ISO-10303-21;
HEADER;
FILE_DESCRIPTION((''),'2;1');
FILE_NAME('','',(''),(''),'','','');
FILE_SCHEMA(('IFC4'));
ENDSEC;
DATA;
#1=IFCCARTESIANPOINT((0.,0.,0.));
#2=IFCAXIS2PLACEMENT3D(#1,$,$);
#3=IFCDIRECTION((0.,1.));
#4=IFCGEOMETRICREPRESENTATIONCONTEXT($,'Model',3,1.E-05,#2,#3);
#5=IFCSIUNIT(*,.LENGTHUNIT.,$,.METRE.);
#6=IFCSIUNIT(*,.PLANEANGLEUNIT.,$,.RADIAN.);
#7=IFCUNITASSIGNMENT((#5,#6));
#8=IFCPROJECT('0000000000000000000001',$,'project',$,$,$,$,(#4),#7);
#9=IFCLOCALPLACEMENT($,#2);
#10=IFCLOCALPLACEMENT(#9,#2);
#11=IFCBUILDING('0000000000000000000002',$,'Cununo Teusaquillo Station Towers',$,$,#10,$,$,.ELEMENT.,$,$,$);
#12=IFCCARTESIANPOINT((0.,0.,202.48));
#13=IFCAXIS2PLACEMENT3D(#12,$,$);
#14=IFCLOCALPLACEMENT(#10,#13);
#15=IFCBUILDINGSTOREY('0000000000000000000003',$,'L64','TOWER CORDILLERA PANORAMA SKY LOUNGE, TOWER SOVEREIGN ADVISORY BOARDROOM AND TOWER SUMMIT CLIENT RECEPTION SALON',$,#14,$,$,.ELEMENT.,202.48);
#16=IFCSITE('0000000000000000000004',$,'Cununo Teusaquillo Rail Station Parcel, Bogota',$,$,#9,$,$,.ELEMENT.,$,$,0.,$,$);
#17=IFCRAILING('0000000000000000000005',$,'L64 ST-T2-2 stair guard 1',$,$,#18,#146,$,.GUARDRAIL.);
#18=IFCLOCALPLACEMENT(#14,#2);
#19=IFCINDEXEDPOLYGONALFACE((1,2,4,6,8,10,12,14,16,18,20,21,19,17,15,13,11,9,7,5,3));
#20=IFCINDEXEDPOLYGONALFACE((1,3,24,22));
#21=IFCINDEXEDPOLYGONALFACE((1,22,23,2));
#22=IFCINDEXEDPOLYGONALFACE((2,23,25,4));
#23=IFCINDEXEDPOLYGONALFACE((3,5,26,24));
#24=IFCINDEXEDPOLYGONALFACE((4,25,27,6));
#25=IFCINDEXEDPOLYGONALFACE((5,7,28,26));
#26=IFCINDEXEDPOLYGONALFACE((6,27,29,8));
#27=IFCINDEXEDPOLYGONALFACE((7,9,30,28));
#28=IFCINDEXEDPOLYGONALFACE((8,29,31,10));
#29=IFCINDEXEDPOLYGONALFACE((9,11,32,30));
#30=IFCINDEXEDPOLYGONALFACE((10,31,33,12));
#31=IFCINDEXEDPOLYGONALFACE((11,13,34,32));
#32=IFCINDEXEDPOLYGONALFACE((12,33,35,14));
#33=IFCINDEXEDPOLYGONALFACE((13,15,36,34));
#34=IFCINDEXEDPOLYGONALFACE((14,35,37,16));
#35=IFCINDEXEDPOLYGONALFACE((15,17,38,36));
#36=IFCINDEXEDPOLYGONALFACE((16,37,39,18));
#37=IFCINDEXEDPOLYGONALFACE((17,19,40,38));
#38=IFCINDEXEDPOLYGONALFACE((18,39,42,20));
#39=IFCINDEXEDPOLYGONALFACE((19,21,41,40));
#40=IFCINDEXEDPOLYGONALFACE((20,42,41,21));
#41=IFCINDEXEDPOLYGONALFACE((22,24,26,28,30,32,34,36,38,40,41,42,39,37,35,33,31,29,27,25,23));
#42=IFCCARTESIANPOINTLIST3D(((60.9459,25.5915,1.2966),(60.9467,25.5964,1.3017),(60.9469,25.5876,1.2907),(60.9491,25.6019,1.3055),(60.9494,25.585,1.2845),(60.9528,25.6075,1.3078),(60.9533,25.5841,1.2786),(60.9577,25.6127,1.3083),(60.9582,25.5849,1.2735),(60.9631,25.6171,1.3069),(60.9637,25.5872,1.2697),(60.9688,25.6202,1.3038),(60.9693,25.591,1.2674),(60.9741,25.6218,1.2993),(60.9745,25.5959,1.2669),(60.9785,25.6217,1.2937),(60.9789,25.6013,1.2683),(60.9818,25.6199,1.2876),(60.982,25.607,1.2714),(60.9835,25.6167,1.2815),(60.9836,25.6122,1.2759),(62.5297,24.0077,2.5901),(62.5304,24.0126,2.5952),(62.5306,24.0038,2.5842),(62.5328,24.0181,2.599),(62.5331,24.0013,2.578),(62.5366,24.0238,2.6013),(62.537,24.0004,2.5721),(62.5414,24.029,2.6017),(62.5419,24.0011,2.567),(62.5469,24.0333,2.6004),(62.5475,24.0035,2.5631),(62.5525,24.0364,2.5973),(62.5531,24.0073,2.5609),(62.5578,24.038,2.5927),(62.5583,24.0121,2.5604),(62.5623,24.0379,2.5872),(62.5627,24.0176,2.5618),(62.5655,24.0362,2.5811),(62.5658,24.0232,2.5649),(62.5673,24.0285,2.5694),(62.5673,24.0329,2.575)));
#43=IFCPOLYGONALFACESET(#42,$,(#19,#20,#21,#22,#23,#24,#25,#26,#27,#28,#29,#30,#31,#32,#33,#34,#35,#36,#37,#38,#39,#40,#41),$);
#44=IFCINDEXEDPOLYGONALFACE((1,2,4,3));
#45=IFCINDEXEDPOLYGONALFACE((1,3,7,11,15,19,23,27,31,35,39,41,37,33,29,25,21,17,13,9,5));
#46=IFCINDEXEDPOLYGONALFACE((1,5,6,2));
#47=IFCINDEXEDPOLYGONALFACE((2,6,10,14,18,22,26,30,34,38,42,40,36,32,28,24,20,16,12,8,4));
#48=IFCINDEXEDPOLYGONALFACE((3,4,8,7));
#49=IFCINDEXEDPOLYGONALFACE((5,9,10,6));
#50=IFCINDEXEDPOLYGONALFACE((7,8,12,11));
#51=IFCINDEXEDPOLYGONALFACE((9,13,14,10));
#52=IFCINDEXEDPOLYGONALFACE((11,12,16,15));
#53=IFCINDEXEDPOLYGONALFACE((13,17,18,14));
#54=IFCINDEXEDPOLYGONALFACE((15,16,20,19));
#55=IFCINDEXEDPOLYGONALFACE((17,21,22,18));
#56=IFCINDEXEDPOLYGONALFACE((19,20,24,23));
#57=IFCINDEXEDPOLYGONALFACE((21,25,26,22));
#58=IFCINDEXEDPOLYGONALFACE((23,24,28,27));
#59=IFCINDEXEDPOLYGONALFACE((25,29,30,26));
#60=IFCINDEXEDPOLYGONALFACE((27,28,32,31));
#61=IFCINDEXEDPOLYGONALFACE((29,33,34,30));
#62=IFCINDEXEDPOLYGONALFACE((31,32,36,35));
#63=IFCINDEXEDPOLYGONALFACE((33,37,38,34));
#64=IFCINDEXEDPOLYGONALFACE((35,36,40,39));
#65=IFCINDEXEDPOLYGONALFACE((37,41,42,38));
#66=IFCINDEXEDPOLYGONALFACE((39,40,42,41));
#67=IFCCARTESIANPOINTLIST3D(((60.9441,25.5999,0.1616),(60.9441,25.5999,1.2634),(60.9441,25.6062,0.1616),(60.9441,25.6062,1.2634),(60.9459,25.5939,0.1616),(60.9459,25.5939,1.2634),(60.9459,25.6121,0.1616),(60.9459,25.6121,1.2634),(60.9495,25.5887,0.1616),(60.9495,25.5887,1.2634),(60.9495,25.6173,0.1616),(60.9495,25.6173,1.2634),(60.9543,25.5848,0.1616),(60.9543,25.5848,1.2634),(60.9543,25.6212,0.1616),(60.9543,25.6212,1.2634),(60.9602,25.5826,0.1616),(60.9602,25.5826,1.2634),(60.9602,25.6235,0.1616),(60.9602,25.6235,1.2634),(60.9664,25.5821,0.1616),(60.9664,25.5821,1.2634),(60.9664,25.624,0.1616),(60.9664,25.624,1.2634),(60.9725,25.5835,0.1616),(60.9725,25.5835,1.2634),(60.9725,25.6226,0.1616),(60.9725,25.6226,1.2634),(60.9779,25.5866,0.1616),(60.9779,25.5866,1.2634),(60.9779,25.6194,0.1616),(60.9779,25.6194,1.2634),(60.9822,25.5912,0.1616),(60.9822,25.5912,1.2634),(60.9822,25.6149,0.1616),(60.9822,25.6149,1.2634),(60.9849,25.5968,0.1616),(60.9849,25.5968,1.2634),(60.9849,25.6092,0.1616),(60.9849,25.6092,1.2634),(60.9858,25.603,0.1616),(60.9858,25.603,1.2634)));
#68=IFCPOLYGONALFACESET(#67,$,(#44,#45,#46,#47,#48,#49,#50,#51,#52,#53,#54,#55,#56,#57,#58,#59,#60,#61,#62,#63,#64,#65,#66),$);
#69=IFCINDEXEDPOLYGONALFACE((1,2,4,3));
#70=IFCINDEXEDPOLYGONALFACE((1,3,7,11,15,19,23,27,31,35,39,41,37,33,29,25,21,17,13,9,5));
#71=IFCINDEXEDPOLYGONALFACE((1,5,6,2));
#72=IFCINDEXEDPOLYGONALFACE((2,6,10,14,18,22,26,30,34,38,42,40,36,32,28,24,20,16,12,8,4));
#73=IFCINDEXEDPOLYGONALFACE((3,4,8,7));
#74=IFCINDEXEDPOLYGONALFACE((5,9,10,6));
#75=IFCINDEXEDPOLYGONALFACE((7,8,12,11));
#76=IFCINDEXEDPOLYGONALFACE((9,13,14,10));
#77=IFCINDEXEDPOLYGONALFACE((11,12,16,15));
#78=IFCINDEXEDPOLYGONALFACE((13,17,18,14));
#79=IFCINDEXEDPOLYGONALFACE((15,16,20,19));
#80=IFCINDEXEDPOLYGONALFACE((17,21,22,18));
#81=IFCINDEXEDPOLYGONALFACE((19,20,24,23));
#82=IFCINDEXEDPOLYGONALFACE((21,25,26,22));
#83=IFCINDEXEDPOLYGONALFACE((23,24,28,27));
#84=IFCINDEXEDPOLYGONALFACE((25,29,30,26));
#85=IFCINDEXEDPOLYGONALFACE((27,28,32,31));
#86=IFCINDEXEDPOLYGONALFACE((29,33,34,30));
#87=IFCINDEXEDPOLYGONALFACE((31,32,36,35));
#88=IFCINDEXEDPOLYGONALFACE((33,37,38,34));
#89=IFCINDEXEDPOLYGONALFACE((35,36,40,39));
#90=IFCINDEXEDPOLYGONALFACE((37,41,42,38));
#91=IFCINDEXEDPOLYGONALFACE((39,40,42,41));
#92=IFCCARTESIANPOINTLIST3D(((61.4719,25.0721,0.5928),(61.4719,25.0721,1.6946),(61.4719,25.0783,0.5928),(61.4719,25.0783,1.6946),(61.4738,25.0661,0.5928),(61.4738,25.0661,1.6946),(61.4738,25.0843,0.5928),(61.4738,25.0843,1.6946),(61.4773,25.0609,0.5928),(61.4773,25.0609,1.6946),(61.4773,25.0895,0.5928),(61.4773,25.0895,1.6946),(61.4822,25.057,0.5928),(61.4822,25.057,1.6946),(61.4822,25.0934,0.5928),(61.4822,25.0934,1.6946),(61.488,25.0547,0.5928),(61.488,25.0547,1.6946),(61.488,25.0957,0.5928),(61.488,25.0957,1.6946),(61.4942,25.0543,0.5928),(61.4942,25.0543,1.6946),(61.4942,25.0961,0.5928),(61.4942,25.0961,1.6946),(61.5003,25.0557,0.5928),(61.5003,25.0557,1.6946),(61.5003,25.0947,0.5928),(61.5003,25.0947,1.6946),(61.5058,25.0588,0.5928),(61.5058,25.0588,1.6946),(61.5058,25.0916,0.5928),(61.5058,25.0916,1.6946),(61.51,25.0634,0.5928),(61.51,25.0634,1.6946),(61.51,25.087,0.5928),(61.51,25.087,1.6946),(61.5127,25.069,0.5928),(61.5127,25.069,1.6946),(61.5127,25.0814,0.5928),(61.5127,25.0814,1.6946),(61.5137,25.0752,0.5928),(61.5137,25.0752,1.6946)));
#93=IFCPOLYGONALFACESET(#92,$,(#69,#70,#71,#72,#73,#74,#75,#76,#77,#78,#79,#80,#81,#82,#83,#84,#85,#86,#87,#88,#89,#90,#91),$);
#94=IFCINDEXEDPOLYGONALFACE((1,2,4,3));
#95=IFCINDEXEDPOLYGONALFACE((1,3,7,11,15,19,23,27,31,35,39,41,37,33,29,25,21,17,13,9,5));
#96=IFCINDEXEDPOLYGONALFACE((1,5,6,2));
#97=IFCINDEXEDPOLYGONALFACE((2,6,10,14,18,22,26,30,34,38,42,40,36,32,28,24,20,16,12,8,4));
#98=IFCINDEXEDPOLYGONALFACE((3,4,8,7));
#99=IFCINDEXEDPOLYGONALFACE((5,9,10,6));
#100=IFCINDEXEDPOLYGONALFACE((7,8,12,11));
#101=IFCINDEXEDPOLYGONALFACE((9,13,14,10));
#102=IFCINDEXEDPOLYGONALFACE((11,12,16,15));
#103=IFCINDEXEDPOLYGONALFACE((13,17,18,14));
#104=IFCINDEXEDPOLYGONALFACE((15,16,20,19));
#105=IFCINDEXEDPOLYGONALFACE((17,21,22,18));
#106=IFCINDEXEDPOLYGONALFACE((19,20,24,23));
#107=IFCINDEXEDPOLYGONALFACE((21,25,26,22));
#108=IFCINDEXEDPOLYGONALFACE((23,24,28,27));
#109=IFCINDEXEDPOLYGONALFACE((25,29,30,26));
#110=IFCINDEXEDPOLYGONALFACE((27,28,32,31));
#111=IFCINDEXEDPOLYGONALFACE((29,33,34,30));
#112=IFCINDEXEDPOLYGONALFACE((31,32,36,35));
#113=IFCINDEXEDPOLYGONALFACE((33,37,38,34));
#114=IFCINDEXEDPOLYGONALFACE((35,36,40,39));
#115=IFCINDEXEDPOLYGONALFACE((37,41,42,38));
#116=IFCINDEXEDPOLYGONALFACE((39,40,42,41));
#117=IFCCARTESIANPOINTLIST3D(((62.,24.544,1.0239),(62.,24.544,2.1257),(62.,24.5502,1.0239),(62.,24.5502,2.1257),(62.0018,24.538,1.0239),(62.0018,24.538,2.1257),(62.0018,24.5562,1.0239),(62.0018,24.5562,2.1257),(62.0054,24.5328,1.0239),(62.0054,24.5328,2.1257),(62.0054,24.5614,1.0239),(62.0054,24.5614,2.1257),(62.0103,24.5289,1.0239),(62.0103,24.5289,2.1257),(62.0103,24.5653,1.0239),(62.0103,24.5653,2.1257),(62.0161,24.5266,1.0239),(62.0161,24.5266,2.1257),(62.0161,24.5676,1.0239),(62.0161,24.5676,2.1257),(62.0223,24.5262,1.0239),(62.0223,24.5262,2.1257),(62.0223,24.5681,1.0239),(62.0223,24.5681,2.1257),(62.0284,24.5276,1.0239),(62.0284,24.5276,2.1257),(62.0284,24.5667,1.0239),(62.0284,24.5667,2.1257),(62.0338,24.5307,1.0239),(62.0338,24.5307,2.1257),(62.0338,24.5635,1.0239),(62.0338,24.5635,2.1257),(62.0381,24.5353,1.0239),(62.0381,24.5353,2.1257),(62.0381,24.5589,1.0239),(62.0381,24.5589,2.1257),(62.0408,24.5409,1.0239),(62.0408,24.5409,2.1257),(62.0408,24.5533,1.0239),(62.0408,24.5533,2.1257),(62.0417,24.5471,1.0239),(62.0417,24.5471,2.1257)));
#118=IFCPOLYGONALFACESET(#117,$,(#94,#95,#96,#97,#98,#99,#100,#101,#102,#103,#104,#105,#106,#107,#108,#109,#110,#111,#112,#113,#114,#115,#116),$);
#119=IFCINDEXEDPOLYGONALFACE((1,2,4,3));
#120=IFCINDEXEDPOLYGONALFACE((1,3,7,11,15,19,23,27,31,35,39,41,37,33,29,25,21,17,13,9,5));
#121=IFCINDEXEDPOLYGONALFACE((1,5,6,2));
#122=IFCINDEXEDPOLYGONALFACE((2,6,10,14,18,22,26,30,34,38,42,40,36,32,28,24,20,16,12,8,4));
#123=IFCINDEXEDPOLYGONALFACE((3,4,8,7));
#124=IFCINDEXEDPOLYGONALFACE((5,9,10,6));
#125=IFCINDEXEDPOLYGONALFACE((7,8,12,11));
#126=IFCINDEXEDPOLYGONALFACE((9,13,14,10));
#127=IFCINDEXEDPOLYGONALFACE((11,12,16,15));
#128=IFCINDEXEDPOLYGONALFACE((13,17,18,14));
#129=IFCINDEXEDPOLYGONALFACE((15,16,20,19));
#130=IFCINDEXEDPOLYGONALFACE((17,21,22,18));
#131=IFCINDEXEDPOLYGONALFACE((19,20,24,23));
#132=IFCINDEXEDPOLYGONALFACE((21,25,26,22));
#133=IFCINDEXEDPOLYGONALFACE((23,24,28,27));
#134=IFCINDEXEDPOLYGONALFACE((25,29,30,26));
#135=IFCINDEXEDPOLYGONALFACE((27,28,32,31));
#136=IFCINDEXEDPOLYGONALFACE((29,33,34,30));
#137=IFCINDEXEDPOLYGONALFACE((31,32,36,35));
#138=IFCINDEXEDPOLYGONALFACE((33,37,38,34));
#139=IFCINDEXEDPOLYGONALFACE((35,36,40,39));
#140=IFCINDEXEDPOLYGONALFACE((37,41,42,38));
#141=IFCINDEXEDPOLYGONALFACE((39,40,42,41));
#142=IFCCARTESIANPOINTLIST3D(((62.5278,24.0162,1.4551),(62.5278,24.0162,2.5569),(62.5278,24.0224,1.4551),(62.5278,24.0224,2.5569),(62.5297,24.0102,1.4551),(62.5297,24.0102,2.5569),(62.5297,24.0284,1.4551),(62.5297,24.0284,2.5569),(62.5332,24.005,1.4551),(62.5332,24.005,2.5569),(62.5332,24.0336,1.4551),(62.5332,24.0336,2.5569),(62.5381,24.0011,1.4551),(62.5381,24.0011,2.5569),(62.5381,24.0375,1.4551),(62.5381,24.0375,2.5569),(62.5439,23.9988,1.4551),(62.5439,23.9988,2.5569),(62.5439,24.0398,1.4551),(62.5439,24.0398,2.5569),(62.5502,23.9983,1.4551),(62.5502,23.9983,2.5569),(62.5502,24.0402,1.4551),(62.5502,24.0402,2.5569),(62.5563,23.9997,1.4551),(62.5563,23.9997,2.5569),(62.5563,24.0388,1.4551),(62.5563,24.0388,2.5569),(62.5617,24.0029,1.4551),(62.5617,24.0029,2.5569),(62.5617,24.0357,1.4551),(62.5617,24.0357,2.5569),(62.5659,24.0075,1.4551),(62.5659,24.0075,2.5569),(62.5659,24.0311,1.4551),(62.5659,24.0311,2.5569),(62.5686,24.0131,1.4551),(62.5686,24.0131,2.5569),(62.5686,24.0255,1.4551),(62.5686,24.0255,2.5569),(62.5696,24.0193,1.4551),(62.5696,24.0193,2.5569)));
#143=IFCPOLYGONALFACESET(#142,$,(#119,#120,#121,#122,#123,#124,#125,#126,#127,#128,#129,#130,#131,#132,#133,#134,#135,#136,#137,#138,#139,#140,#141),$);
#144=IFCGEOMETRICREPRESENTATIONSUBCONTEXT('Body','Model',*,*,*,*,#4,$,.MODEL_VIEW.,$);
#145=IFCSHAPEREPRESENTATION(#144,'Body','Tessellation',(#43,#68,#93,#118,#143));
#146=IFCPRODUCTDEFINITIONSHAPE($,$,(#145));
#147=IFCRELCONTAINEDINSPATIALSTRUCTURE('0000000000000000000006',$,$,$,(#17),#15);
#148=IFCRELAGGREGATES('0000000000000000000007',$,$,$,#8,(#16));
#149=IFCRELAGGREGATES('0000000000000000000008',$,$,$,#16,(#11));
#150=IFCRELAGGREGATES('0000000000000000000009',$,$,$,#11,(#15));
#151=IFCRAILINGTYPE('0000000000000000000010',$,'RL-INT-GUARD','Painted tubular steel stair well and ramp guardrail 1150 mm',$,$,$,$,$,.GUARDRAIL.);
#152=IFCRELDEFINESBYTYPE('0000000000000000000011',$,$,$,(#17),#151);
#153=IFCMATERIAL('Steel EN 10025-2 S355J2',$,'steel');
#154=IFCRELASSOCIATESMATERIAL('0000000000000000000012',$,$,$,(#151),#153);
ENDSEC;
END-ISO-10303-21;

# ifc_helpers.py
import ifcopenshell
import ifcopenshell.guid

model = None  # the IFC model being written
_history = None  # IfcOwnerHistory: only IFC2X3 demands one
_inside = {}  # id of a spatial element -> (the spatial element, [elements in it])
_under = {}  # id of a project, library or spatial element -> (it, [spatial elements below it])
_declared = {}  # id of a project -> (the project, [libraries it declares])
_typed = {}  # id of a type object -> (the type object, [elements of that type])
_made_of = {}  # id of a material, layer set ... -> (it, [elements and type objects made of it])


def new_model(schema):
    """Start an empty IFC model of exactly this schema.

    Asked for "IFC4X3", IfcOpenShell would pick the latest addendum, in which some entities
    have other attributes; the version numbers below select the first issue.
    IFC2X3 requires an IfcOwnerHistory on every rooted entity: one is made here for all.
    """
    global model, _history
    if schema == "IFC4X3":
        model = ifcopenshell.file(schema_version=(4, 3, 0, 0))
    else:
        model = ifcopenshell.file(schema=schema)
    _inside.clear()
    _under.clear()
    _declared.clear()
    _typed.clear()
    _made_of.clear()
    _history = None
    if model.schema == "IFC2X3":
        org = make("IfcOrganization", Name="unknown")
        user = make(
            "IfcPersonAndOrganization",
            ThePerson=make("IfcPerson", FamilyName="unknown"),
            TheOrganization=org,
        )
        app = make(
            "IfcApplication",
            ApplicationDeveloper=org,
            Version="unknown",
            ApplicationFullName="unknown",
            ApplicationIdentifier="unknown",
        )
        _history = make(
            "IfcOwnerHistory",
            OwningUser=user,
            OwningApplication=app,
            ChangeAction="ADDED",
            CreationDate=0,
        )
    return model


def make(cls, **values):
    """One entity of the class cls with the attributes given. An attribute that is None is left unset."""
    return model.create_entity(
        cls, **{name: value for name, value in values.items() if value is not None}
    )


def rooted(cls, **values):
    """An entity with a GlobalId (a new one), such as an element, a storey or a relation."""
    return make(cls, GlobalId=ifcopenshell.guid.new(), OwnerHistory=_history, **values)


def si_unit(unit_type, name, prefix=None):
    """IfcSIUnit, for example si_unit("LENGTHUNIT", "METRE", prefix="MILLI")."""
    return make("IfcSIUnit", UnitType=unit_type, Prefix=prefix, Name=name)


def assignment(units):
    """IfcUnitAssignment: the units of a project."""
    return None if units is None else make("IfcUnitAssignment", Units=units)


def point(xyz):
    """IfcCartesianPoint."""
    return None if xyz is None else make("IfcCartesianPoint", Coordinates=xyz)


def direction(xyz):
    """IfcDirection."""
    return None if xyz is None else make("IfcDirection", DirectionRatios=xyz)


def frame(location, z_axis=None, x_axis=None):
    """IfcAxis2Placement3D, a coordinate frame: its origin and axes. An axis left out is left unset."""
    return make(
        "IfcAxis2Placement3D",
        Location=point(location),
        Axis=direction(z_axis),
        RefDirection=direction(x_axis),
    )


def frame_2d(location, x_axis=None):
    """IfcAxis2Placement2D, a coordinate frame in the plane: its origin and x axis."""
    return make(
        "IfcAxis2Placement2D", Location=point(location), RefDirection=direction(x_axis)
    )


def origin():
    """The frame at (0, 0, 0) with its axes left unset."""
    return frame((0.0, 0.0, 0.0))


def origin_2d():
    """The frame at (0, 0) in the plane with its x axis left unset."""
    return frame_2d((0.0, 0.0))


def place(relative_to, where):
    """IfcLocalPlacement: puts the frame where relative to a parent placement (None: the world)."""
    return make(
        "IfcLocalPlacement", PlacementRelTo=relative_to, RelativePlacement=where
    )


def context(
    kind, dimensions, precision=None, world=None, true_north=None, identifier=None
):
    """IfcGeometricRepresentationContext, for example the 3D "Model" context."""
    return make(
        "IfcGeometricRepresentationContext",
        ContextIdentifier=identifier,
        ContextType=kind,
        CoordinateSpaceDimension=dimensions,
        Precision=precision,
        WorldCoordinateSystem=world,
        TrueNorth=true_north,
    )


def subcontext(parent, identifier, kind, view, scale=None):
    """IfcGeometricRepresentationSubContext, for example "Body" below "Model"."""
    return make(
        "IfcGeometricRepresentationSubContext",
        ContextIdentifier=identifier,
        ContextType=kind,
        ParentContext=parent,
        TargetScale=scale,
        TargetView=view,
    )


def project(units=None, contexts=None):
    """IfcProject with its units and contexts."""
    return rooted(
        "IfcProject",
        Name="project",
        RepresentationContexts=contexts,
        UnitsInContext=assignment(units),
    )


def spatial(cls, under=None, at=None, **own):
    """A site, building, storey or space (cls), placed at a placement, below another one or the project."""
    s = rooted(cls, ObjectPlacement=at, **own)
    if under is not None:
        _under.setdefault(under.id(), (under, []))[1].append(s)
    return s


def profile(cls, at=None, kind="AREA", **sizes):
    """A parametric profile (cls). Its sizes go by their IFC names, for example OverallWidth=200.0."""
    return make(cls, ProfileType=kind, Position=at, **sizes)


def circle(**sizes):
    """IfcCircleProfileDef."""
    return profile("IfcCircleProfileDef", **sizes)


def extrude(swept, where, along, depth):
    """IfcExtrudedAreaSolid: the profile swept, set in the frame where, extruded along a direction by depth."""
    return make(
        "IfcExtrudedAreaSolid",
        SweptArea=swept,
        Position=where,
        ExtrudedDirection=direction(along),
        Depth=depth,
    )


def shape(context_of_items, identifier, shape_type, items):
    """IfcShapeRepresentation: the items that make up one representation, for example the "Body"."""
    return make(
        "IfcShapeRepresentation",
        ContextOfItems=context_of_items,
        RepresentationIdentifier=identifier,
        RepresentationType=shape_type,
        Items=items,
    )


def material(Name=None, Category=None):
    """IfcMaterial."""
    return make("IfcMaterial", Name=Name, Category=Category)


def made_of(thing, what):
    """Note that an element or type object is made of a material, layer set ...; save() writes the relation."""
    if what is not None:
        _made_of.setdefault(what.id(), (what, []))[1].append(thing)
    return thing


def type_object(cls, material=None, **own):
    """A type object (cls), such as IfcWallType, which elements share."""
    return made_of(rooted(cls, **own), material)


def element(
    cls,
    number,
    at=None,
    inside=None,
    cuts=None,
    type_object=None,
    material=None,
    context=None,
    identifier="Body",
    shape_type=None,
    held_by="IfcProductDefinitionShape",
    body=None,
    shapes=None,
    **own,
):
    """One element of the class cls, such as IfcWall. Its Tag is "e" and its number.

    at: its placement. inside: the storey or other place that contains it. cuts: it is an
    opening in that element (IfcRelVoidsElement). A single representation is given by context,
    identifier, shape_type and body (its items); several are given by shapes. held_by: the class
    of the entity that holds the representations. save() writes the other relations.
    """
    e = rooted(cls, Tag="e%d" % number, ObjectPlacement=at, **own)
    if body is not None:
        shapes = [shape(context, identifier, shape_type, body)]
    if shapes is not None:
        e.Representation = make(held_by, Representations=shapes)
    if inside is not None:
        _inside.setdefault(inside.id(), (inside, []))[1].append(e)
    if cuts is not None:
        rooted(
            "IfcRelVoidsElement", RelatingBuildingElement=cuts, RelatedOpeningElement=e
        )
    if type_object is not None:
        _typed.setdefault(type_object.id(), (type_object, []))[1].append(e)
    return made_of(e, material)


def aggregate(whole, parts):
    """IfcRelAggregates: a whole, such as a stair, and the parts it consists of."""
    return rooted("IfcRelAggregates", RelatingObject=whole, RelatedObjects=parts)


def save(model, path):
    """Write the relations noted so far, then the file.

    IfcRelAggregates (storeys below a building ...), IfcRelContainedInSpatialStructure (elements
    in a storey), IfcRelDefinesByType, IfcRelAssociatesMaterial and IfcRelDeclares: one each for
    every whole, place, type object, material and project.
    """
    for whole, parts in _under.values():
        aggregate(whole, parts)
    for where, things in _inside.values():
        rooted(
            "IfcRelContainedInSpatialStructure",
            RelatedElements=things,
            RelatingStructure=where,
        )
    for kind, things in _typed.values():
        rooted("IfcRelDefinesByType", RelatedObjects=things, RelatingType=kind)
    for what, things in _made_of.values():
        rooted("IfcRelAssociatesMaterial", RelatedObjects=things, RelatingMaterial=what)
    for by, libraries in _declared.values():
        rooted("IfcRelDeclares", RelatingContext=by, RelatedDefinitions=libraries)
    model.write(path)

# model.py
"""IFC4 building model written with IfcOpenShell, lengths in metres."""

from ifc_helpers import new_model, si_unit, direction, frame, origin, origin_2d, place, context, subcontext, project, spatial, circle, extrude, material, type_object, element, save


model = new_model("IFC4")

# Units and contexts
model_context = context("Model", 3, precision=1e-05, world=origin(), true_north=direction((0.0, 1.0)))
body_context = subcontext(model_context, "Body", "Model", "MODEL_VIEW")
ifc_project = project(units=[si_unit("LENGTHUNIT", "METRE"), si_unit("PLANEANGLEUNIT", "RADIAN")], contexts=[model_context])

# Site, building, storey
site_placement = place(None, origin())
site = spatial("IfcSite", under=ifc_project, at=site_placement, Name="Cununo Teusaquillo Rail Station Parcel, Bogota", CompositionType="ELEMENT", RefElevation=0.0)
building_placement = place(site_placement, origin())
building = spatial("IfcBuilding", under=site, at=building_placement, Name="Cununo Teusaquillo Station Towers", CompositionType="ELEMENT")
storey_placement = place(building_placement, frame((0.0, 0.0, 202.48)))
storey = spatial("IfcBuildingStorey", under=building, at=storey_placement, Name="L64", Description="TOWER CORDILLERA PANORAMA SKY LOUNGE, TOWER SOVEREIGN ADVISORY BOARDROOM AND TOWER SUMMIT CLIENT RECEPTION SALON", CompositionType="ELEMENT", Elevation=202.48)

# Railing
ifc_material_1 = material(Name="Steel EN 10025-2 S355J2", Category="steel")
railing_type_1 = type_object("IfcRailingType", Name="RL-INT-GUARD", Description="Painted tubular steel stair well and ramp guardrail 1150 mm", PredefinedType="GUARDRAIL", material=ifc_material_1)
railing_1_placement = place(storey_placement, frame((60.9648, 25.603, 0.1616)))
element("IfcRailing", 1, at=railing_1_placement, inside=storey, type_object=railing_type_1, Name="L64 ST-T2-2 stair guard 1", PredefinedType="GUARDRAIL", context=body_context, shape_type="SweptSolid", body=[
    extrude(circle(Radius=0.0239, at=origin_2d()), frame((0.0, 0.0, 1.126), z_axis=(0.612332, -0.612332, 0.500098), x_axis=(0.707107, 0.707107, 0.0)), (0.0, 0.0, 1.0), 2.5864),
    extrude(circle(Radius=0.021, at=origin_2d()), origin(), (0.0, 0.0, 1.0), 1.1018),
    extrude(circle(Radius=0.021, at=origin_2d()), frame((0.5278, -0.5278, 0.4312)), (0.0, 0.0, 1.0), 1.1018),
    extrude(circle(Radius=0.021, at=origin_2d()), frame((1.0559, -1.0559, 0.8623)), (0.0, 0.0, 1.0), 1.1018),
    extrude(circle(Radius=0.021, at=origin_2d()), frame((1.5837, -1.5837, 1.2935)), (0.0, 0.0, 1.0), 1.1018),
])

save(model, "model.ifc")
